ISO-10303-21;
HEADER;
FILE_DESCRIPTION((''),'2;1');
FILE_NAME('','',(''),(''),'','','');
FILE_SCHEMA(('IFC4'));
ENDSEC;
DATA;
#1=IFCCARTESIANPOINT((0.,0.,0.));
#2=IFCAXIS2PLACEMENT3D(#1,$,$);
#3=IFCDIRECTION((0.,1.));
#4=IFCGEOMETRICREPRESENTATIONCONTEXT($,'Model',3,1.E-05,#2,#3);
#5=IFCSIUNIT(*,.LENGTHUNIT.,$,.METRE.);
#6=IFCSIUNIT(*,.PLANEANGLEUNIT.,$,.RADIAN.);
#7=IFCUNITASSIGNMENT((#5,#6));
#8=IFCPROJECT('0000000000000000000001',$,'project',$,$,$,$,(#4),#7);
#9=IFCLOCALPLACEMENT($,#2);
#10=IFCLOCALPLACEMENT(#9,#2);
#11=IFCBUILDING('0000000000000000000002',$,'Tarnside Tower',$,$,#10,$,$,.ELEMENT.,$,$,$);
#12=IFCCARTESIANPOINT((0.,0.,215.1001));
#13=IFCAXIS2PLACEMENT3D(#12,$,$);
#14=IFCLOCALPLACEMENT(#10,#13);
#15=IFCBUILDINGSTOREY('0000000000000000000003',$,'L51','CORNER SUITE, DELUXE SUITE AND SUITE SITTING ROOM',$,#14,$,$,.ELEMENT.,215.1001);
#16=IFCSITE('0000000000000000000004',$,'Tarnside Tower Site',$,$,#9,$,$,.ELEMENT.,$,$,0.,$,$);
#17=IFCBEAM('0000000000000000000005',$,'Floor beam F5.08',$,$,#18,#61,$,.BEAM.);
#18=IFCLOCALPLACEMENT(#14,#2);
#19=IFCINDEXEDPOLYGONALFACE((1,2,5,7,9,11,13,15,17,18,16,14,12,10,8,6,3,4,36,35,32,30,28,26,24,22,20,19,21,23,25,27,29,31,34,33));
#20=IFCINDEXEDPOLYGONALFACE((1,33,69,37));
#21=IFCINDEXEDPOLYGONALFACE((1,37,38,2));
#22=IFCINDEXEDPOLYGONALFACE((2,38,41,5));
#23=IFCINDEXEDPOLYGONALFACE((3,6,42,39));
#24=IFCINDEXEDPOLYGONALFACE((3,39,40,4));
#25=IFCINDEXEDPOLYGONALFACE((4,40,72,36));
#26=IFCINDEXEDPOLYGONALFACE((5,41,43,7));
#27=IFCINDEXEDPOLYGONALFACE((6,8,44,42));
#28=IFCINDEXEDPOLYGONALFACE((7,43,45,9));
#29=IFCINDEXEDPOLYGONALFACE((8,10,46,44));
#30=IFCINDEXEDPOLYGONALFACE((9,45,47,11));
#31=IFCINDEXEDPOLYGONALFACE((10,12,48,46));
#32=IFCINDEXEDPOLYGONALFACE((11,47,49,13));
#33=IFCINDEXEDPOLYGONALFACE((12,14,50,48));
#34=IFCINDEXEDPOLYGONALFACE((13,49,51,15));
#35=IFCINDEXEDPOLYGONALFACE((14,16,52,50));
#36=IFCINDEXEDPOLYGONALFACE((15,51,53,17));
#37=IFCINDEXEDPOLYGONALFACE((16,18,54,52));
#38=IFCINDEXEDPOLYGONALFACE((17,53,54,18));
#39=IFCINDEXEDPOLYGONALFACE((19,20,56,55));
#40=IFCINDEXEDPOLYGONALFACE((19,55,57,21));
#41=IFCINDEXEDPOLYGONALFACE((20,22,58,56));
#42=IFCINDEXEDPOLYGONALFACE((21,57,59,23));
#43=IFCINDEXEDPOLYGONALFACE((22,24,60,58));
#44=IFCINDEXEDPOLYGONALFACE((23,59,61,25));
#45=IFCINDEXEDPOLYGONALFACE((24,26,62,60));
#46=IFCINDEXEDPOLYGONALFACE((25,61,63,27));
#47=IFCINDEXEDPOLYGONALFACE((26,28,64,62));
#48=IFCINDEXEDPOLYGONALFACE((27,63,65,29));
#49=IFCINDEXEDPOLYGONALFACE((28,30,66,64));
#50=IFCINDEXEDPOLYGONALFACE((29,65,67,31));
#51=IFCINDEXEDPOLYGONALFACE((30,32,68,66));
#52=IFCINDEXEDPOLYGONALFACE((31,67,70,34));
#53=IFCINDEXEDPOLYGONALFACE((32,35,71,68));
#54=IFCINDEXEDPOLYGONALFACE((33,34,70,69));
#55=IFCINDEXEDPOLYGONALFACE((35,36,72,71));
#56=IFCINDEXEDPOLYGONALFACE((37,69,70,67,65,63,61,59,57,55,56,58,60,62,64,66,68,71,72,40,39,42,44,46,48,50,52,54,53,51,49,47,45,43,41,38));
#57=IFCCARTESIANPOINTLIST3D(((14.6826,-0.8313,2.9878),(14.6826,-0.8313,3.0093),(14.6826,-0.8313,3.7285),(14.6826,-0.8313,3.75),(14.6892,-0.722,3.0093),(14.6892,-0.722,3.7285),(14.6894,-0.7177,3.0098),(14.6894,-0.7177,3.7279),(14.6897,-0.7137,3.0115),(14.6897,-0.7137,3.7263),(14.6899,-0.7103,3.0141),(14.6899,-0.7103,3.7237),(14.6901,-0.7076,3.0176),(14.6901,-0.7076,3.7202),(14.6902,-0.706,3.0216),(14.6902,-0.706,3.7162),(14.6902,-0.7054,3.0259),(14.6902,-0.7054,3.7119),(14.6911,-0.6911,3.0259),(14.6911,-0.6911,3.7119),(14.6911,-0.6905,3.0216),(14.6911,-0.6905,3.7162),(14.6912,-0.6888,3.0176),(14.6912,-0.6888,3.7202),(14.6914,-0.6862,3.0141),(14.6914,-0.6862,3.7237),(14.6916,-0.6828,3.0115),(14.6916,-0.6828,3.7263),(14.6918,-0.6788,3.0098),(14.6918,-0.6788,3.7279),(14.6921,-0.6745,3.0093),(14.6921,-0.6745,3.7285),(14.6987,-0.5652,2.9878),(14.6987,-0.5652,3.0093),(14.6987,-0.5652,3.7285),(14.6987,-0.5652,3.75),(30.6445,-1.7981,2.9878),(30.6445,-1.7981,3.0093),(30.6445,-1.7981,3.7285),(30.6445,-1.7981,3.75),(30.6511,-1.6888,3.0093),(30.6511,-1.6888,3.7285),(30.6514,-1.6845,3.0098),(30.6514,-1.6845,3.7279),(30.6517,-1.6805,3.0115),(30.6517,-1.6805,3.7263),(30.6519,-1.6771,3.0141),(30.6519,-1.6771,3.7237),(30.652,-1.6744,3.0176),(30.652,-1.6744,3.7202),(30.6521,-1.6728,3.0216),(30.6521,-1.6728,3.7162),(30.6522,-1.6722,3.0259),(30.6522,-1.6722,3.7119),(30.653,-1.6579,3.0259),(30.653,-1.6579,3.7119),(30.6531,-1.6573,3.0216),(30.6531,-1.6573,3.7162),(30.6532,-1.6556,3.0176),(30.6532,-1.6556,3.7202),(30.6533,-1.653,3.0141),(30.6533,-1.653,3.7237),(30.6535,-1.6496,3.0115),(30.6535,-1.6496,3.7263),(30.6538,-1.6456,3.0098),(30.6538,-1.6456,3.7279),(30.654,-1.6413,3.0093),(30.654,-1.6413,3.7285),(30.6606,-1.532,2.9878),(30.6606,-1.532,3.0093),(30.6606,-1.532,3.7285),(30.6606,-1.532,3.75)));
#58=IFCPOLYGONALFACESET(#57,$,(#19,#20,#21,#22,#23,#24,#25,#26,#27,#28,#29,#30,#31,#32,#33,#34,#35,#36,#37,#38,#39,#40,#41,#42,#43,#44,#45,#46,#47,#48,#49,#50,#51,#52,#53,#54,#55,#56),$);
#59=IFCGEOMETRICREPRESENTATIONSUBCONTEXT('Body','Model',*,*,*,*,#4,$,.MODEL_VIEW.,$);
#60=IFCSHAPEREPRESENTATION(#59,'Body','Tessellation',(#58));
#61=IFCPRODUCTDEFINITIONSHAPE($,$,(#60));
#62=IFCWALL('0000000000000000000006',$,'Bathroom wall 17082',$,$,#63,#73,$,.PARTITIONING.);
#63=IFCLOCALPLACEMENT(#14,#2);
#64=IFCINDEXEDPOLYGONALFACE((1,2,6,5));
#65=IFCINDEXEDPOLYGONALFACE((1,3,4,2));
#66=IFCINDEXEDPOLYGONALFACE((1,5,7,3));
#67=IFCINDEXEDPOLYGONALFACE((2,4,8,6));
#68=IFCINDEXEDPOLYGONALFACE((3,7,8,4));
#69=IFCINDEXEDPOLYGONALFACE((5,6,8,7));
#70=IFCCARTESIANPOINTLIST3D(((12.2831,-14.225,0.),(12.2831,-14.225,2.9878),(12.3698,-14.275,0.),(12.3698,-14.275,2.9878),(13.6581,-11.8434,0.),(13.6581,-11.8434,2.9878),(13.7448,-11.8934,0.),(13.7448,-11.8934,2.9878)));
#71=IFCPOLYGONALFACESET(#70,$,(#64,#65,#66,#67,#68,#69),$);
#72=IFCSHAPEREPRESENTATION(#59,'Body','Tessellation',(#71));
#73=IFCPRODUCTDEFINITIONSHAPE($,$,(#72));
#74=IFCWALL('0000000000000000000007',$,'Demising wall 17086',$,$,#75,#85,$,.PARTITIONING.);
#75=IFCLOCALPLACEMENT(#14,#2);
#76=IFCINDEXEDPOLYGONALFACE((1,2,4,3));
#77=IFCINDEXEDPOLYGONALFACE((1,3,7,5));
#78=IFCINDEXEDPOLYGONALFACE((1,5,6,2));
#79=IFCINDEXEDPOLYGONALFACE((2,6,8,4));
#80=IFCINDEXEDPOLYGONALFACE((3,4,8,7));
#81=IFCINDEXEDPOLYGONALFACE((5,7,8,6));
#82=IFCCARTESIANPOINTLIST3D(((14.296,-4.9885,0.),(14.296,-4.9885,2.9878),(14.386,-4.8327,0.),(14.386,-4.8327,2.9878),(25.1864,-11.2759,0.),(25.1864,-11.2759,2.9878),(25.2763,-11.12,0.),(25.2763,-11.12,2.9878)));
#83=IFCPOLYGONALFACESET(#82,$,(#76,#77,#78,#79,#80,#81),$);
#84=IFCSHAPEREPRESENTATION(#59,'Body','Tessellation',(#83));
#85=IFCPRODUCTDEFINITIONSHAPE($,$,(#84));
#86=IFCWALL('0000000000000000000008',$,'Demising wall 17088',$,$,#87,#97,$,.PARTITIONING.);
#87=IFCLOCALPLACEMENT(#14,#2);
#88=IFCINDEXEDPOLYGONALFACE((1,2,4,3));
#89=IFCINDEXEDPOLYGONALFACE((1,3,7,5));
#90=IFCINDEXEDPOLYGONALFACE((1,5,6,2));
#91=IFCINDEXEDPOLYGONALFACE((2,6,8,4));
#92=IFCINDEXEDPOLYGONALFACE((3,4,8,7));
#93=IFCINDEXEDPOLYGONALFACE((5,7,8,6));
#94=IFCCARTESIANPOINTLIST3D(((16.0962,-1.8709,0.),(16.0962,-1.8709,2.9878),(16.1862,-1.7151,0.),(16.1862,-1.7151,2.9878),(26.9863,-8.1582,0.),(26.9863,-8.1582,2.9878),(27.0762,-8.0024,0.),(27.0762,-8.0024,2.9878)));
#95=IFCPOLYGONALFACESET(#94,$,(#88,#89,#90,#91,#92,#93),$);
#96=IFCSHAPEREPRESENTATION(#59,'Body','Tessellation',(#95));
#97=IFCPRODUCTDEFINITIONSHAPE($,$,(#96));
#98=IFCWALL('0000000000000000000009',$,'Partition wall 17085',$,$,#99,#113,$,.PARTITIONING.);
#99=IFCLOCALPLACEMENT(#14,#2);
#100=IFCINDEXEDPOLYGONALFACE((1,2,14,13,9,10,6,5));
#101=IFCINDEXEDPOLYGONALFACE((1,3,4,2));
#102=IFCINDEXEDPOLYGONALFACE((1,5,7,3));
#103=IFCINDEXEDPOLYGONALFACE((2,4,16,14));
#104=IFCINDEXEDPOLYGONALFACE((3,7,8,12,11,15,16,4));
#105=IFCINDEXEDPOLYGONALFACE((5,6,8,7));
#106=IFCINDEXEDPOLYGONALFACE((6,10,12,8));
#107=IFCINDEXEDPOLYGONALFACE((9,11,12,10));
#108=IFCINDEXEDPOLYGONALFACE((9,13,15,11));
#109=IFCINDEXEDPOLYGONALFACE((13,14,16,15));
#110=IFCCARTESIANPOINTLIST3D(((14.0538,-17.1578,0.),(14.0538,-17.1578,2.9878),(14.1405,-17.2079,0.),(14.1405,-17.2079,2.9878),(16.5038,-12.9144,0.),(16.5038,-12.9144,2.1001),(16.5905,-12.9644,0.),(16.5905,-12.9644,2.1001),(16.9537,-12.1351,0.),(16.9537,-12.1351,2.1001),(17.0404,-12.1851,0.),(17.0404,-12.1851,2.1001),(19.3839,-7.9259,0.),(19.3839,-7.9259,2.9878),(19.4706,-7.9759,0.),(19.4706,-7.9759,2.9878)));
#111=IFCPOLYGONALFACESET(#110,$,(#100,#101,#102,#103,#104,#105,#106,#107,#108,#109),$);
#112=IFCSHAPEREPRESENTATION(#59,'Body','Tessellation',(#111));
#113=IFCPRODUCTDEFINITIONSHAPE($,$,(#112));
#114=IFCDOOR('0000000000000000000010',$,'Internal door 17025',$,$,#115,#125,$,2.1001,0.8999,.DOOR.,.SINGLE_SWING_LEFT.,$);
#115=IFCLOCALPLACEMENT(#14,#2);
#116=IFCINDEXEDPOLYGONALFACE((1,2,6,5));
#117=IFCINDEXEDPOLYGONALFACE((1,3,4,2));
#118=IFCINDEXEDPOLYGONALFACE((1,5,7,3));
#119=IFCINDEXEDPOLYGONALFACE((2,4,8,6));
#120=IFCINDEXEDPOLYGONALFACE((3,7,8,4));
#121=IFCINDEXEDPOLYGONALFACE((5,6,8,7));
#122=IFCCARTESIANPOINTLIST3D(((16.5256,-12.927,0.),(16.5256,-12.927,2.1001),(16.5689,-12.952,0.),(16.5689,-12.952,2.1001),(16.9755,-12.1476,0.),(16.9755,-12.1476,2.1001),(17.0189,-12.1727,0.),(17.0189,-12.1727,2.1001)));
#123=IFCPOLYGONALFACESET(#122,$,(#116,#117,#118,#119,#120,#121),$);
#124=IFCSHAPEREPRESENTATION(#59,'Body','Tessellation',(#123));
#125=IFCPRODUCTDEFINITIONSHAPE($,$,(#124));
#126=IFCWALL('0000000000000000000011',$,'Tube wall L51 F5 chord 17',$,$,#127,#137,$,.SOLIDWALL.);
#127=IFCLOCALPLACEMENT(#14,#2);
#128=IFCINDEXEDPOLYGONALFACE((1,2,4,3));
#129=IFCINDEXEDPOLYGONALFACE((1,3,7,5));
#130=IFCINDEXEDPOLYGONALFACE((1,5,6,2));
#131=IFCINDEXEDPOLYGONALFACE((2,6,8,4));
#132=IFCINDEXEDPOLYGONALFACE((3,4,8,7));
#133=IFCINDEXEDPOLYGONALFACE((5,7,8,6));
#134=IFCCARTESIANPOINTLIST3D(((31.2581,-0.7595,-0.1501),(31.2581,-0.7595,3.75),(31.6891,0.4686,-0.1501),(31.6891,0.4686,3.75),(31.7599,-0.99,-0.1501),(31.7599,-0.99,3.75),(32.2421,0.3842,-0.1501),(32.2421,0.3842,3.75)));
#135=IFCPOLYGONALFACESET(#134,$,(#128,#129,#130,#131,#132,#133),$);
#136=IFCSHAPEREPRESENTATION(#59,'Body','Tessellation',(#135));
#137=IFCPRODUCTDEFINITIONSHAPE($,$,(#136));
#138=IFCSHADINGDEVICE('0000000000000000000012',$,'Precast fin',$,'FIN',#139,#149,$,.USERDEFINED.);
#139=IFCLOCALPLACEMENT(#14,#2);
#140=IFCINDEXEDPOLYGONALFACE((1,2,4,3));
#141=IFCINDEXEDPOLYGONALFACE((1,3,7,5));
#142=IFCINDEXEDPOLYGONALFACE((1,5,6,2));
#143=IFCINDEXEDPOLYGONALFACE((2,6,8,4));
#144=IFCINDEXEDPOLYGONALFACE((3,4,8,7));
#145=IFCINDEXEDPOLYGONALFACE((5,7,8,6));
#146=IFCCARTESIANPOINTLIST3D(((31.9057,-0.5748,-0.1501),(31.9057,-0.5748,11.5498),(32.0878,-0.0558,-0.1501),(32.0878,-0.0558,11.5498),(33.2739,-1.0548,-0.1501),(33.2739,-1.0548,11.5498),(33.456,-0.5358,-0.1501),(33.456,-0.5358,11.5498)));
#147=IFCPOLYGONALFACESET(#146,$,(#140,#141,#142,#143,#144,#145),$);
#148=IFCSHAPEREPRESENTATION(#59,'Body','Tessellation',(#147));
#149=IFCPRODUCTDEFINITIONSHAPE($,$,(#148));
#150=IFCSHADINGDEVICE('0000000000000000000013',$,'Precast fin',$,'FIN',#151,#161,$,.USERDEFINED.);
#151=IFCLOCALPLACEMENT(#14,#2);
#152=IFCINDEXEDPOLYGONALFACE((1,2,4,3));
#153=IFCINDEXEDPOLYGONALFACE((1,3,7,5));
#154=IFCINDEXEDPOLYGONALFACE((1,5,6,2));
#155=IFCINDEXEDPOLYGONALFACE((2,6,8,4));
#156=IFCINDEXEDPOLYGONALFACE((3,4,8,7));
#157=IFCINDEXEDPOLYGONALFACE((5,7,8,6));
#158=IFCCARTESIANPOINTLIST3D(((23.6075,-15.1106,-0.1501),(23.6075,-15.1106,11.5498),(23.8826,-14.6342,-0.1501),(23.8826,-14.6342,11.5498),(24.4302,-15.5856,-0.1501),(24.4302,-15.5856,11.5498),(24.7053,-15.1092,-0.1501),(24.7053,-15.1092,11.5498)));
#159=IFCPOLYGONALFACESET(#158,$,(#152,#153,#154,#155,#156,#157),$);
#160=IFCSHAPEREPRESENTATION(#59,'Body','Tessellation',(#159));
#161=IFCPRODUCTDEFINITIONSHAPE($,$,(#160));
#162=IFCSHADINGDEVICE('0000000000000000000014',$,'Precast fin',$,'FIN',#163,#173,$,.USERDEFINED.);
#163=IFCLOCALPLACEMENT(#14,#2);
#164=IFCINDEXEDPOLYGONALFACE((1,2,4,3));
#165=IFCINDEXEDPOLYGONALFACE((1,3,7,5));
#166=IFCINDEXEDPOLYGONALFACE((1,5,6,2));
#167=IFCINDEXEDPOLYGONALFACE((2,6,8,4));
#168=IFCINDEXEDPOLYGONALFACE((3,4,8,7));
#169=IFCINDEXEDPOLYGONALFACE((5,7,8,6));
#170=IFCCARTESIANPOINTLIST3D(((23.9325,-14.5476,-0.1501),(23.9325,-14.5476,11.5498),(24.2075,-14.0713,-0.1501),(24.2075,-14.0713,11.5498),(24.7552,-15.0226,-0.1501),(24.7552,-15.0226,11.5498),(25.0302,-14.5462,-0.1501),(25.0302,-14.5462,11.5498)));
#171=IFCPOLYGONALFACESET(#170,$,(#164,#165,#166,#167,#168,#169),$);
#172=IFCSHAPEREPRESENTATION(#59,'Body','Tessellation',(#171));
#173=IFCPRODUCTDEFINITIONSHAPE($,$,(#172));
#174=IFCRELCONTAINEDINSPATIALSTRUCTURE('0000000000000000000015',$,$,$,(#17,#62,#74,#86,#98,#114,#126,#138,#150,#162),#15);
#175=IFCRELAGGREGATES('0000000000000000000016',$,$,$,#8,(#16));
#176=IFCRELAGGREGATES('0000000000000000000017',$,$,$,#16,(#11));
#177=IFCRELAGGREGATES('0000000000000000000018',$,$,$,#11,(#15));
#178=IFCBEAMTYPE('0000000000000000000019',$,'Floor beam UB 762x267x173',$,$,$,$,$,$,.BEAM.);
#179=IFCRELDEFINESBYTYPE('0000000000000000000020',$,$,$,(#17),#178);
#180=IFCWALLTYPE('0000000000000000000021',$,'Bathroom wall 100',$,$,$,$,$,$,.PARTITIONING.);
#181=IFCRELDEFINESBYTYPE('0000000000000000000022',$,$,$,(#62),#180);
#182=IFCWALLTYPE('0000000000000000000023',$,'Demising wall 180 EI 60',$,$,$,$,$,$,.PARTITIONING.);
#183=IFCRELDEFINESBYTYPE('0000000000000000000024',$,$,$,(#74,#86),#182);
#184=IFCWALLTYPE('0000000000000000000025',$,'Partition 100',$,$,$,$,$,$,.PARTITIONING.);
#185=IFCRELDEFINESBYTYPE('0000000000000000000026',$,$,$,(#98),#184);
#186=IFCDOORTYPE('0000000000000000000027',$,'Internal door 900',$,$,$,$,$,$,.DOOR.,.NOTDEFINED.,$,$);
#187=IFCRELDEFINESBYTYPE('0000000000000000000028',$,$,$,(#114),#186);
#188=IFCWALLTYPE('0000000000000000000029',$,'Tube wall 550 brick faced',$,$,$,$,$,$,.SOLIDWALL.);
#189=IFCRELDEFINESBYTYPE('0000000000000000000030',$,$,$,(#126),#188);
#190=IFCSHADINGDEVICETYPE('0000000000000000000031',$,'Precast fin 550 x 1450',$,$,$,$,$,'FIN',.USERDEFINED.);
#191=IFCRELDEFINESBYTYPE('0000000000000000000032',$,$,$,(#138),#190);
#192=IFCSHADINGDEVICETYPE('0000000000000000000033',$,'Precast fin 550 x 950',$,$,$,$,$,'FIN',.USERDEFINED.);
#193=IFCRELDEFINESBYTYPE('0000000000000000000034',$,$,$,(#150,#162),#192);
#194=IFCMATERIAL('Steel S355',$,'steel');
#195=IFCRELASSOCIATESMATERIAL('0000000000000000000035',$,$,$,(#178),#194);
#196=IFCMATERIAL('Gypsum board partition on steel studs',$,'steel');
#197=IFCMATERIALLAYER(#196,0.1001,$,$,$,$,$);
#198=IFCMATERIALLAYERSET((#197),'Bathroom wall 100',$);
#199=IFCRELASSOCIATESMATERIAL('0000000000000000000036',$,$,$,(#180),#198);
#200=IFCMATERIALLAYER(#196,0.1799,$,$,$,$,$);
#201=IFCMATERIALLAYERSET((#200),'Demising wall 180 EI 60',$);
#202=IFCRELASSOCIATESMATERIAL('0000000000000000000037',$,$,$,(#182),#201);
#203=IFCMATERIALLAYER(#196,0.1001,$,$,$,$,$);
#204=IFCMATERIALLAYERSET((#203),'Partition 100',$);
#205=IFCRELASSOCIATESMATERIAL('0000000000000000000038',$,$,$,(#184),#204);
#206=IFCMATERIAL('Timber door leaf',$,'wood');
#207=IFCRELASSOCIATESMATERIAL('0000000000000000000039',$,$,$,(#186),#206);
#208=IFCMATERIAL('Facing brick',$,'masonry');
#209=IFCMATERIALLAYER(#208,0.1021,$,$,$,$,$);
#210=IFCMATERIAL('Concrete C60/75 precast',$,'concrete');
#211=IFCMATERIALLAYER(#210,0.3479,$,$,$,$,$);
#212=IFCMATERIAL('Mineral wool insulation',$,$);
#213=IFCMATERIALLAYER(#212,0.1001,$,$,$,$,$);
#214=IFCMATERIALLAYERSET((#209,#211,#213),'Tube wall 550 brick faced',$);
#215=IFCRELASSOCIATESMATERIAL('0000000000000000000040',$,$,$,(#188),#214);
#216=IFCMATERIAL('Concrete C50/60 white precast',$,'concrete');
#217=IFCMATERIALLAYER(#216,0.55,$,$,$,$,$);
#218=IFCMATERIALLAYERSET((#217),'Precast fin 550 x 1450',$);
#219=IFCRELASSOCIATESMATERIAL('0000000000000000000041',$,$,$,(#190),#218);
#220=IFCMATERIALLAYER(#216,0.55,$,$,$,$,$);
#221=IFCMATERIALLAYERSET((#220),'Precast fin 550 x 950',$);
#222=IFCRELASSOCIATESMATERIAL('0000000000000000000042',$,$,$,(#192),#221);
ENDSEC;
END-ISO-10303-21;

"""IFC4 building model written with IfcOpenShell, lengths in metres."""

from ifc_helpers import new_model, si_unit, direction, frame, frame_2d, origin, origin_2d, place, context, subcontext, project, spatial, polyline, rectangle, i_section, outline, extrude, material, layer, layer_set, material_profile, profile_set, type_object, element, fill, save


model = new_model("IFC4")

# Units and contexts
model_context = context("Model", 3, precision=1e-05, world=origin(), true_north=direction((0.0, 1.0)))
body_context = subcontext(model_context, "Body", "Model", "MODEL_VIEW")
ifc_project = project(units=[si_unit("LENGTHUNIT", "METRE"), si_unit("PLANEANGLEUNIT", "RADIAN")], contexts=[model_context])

# Site, building, storey
site_placement = place(None, origin())
site = spatial("IfcSite", under=ifc_project, at=site_placement, Name="Tarnside Tower Site", CompositionType="ELEMENT", RefElevation=0.0)
building_placement = place(site_placement, origin())
building = spatial("IfcBuilding", under=site, at=building_placement, Name="Tarnside Tower", CompositionType="ELEMENT")
storey_placement = place(building_placement, frame((0.0, 0.0, 215.1001)))
storey = spatial("IfcBuildingStorey", under=building, at=storey_placement, Name="L51", Description="CORNER SUITE, DELUXE SUITE AND SUITE SITTING ROOM", CompositionType="ELEMENT", Elevation=215.1001)

# Beam
ifc_material_1 = material(Name="Steel S355", Category="steel")
ifc_material_profile_1 = material_profile(ifc_material_1, i_section(OverallWidth=0.2666, OverallDepth=0.7622, WebThickness=0.0144, FlangeThickness=0.0215, FilletRadius=0.0166, at=origin_2d()), Name="UB 762x267x173")
ifc_profile_set_1 = profile_set([ifc_material_profile_1], Name="Steel S355")
beam_type_1 = type_object("IfcBeamType", Name="Floor beam UB 762x267x173", PredefinedType="BEAM", material=ifc_profile_set_1)
beam_1_placement = place(storey_placement, frame((30.6526, -1.665, 3.3689), z_axis=(-0.998171, 0.060458, 0.0), x_axis=(-0.060458, -0.998171, 0.0)))
element("IfcBeam", 1, at=beam_1_placement, inside=storey, type_object=beam_type_1, Name="Floor beam F5.08", PredefinedType="BEAM", context=body_context, shape_type="SweptSolid", body=[
    extrude(i_section(OverallWidth=0.2666, OverallDepth=0.7622, WebThickness=0.0144, FlangeThickness=0.0215, FilletRadius=0.0166, at=origin_2d()), origin(), (0.0, 0.0, 1.0), 15.9912),
])

# Walls
ifc_material_2 = material(Name="Gypsum board partition on steel studs", Category="steel")
ifc_layer_1 = layer(ifc_material_2, 0.1001)
ifc_layer_set_1 = layer_set([ifc_layer_1], Name="Bathroom wall 100")
wall_type_1 = type_object("IfcWallType", Name="Bathroom wall 100", PredefinedType="PARTITIONING", material=ifc_layer_set_1)
wall_1_placement = place(storey_placement, frame((13.7014, -11.8684, 0.0), z_axis=(0.0, 0.0, 1.0), x_axis=(-0.499997, -0.866027, 0.0)))
element("IfcWall", 2, at=wall_1_placement, inside=storey, type_object=wall_type_1, Name="Bathroom wall 17082", PredefinedType="PARTITIONING", context=body_context, shape_type="SweptSolid", body=[
    extrude(rectangle(XDim=2.75, YDim=0.1001, at=frame_2d((1.375, 0.0))), origin(), (0.0, 0.0, 1.0), 2.9878),
])
ifc_layer_2 = layer(ifc_material_2, 0.1799)
ifc_layer_set_2 = layer_set([ifc_layer_2], Name="Demising wall 180 EI 60")
wall_type_2 = type_object("IfcWallType", Name="Demising wall 180 EI 60", PredefinedType="PARTITIONING", material=ifc_layer_set_2)
wall_2_placement = place(storey_placement, frame((25.2314, -11.198, 0.0), z_axis=(0.0, 0.0, 1.0), x_axis=(-0.866033, 0.499987, 0.0)))
element("IfcWall", 3, at=wall_2_placement, inside=storey, type_object=wall_type_2, Name="Demising wall 17086", PredefinedType="PARTITIONING", context=body_context, shape_type="SweptSolid", body=[
    extrude(rectangle(XDim=12.575, YDim=0.1799, at=frame_2d((6.2876, 0.0))), origin(), (0.0, 0.0, 1.0), 2.9878),
])
wall_3_placement = place(storey_placement, frame((27.0312, -8.0803, 0.0), z_axis=(0.0, 0.0, 1.0), x_axis=(-0.866028, 0.499996, 0.0)))
element("IfcWall", 4, at=wall_3_placement, inside=storey, type_object=wall_type_2, Name="Demising wall 17088", PredefinedType="PARTITIONING", context=body_context, shape_type="SweptSolid", body=[
    extrude(rectangle(XDim=12.5747, YDim=0.1799, at=frame_2d((6.2874, 0.0))), origin(), (0.0, 0.0, 1.0), 2.9878),
])

# Wall, opening, door
ifc_layer_3 = layer(ifc_material_2, 0.1001)
ifc_layer_set_3 = layer_set([ifc_layer_3], Name="Partition 100")
wall_type_3 = type_object("IfcWallType", Name="Partition 100", PredefinedType="PARTITIONING", material=ifc_layer_set_3)
wall_4_placement = place(storey_placement, frame((14.0972, -17.1829, 0.0), z_axis=(0.0, 0.0, 1.0), x_axis=(0.500001, 0.866025, 0.0)))
wall_4 = element("IfcWall", 5, at=wall_4_placement, inside=storey, type_object=wall_type_3, Name="Partition wall 17085", PredefinedType="PARTITIONING", context=body_context, shape_type="SweptSolid", body=[
    extrude(rectangle(XDim=10.6602, YDim=0.1001, at=frame_2d((5.3301, 0.0))), origin(), (0.0, 0.0, 1.0), 2.9878),
])
opening_placement = place(wall_4_placement, frame((4.8999, 0.0, 0.0)))
opening = element("IfcOpeningElement", 6, at=opening_placement, cuts=wall_4, PredefinedType="OPENING", context=body_context, shape_type="SweptSolid", body=[
    extrude(rectangle(XDim=0.8999, YDim=2.1001, at=frame_2d((0.45, 1.05))), frame((0.0, 0.0601, 0.0), z_axis=(0.0, -1.0, 0.0), x_axis=(1.0, 0.0, 0.0)), (0.0, 0.0, 1.0), 0.1201),
])
ifc_material_3 = material(Name="Timber door leaf", Category="wood")
door_type = type_object("IfcDoorType", Name="Internal door 900", OperationType="NOTDEFINED", PredefinedType="DOOR", material=ifc_material_3)
door_placement = place(opening_placement, origin())
door = element("IfcDoor", 7, at=door_placement, inside=storey, type_object=door_type, Name="Internal door 17025", OperationType="SINGLE_SWING_LEFT", OverallHeight=2.1001, OverallWidth=0.8999, PredefinedType="DOOR", context=body_context, shape_type="SweptSolid", body=[
    extrude(rectangle(XDim=0.8999, YDim=2.1001, at=frame_2d((0.45, 1.05))), frame((0.0, 0.0249, 0.0), z_axis=(0.0, -1.0, 0.0), x_axis=(1.0, 0.0, 0.0)), (0.0, 0.0, 1.0), 0.05),
])
fill(opening, door)

# Wall
ifc_material_4 = material(Name="Facing brick", Category="masonry")
ifc_layer_4 = layer(ifc_material_4, 0.1021)
ifc_material_5 = material(Name="Concrete C60/75 precast", Category="concrete")
ifc_layer_5 = layer(ifc_material_5, 0.3479)
ifc_material_6 = material(Name="Mineral wool insulation")
ifc_layer_6 = layer(ifc_material_6, 0.1001)
ifc_layer_set_4 = layer_set([ifc_layer_4, ifc_layer_5, ifc_layer_6], Name="Tube wall 550 brick faced")
wall_type_4 = type_object("IfcWallType", Name="Tube wall 550 brick faced", PredefinedType="SOLIDWALL", material=ifc_layer_set_4)
wall_5_placement = place(storey_placement, frame((31.509, -0.8748, -0.1501), z_axis=(0.0, 0.0, 1.0), x_axis=(0.331115, 0.94359, 0.0)))
element("IfcWall", 8, at=wall_5_placement, inside=storey, type_object=wall_type_4, Name="Tube wall L51 F5 chord 17", PredefinedType="SOLIDWALL", context=body_context, shape_type="SweptSolid", body=[
    extrude(outline(polyline([(-0.0256, -0.2749), (1.4307, -0.2749), (1.3271, 0.2749), (0.0256, 0.2749), (-0.0256, -0.2749)])), origin(), (0.0, 0.0, 1.0), 3.9001),
])

# Shading devices
ifc_material_7 = material(Name="Concrete C50/60 white precast", Category="concrete")
ifc_layer_7 = layer(ifc_material_7, 0.55)
ifc_layer_set_5 = layer_set([ifc_layer_7], Name="Precast fin 550 x 1450")
shading_device_type_1 = type_object("IfcShadingDeviceType", Name="Precast fin 550 x 1450", ElementType="FIN", PredefinedType="USERDEFINED", material=ifc_layer_set_5)
shading_device_placement = place(storey_placement, frame((31.9968, -0.3152, -0.1501), z_axis=(-0.331063, -0.943609, 0.0), x_axis=(0.943609, -0.331063, 0.0)))
element("IfcShadingDevice", 9, at=shading_device_placement, inside=storey, type_object=shading_device_type_1, Name="Precast fin", ObjectType="FIN", PredefinedType="USERDEFINED", context=body_context, shape_type="SweptSolid", body=[
    extrude(outline(polyline([(0.0, 0.0), (1.45, 0.0), (1.45, 11.7), (0.0, 11.7), (0.0, 0.0)])), frame((0.0, 0.0, -0.2749)), (0.0, 0.0, 1.0), 0.55),
])
ifc_layer_8 = layer(ifc_material_7, 0.55)
ifc_layer_set_6 = layer_set([ifc_layer_8], Name="Precast fin 550 x 950")
shading_device_type_2 = type_object("IfcShadingDeviceType", Name="Precast fin 550 x 950", ElementType="FIN", PredefinedType="USERDEFINED", material=ifc_layer_set_6)
for number, where, z_axis, x_axis, name in (
    (10, (23.7451, -14.8723, -0.1501), (-0.5, -0.866025, 0.0), (0.866025, -0.5, 0.0), "Precast fin"),
    (11, (24.0701, -14.3093, -0.1501), (-0.5, -0.866025, 0.0), (0.866025, -0.5, 0.0), "Precast fin"),
):
    element("IfcShadingDevice", number, at=place(storey_placement, frame(where, z_axis=z_axis, x_axis=x_axis)), inside=storey, type_object=shading_device_type_2, Name=name, ObjectType="FIN", PredefinedType="USERDEFINED", context=body_context, shape_type="SweptSolid", body=[
        extrude(outline(polyline([(0.0, 0.0), (0.95, 0.0), (0.95, 11.7), (0.0, 11.7), (0.0, 0.0)])), frame((0.0, 0.0, -0.2749)), (0.0, 0.0, 1.0), 0.55),
    ])

save(model, "model.ifc")
